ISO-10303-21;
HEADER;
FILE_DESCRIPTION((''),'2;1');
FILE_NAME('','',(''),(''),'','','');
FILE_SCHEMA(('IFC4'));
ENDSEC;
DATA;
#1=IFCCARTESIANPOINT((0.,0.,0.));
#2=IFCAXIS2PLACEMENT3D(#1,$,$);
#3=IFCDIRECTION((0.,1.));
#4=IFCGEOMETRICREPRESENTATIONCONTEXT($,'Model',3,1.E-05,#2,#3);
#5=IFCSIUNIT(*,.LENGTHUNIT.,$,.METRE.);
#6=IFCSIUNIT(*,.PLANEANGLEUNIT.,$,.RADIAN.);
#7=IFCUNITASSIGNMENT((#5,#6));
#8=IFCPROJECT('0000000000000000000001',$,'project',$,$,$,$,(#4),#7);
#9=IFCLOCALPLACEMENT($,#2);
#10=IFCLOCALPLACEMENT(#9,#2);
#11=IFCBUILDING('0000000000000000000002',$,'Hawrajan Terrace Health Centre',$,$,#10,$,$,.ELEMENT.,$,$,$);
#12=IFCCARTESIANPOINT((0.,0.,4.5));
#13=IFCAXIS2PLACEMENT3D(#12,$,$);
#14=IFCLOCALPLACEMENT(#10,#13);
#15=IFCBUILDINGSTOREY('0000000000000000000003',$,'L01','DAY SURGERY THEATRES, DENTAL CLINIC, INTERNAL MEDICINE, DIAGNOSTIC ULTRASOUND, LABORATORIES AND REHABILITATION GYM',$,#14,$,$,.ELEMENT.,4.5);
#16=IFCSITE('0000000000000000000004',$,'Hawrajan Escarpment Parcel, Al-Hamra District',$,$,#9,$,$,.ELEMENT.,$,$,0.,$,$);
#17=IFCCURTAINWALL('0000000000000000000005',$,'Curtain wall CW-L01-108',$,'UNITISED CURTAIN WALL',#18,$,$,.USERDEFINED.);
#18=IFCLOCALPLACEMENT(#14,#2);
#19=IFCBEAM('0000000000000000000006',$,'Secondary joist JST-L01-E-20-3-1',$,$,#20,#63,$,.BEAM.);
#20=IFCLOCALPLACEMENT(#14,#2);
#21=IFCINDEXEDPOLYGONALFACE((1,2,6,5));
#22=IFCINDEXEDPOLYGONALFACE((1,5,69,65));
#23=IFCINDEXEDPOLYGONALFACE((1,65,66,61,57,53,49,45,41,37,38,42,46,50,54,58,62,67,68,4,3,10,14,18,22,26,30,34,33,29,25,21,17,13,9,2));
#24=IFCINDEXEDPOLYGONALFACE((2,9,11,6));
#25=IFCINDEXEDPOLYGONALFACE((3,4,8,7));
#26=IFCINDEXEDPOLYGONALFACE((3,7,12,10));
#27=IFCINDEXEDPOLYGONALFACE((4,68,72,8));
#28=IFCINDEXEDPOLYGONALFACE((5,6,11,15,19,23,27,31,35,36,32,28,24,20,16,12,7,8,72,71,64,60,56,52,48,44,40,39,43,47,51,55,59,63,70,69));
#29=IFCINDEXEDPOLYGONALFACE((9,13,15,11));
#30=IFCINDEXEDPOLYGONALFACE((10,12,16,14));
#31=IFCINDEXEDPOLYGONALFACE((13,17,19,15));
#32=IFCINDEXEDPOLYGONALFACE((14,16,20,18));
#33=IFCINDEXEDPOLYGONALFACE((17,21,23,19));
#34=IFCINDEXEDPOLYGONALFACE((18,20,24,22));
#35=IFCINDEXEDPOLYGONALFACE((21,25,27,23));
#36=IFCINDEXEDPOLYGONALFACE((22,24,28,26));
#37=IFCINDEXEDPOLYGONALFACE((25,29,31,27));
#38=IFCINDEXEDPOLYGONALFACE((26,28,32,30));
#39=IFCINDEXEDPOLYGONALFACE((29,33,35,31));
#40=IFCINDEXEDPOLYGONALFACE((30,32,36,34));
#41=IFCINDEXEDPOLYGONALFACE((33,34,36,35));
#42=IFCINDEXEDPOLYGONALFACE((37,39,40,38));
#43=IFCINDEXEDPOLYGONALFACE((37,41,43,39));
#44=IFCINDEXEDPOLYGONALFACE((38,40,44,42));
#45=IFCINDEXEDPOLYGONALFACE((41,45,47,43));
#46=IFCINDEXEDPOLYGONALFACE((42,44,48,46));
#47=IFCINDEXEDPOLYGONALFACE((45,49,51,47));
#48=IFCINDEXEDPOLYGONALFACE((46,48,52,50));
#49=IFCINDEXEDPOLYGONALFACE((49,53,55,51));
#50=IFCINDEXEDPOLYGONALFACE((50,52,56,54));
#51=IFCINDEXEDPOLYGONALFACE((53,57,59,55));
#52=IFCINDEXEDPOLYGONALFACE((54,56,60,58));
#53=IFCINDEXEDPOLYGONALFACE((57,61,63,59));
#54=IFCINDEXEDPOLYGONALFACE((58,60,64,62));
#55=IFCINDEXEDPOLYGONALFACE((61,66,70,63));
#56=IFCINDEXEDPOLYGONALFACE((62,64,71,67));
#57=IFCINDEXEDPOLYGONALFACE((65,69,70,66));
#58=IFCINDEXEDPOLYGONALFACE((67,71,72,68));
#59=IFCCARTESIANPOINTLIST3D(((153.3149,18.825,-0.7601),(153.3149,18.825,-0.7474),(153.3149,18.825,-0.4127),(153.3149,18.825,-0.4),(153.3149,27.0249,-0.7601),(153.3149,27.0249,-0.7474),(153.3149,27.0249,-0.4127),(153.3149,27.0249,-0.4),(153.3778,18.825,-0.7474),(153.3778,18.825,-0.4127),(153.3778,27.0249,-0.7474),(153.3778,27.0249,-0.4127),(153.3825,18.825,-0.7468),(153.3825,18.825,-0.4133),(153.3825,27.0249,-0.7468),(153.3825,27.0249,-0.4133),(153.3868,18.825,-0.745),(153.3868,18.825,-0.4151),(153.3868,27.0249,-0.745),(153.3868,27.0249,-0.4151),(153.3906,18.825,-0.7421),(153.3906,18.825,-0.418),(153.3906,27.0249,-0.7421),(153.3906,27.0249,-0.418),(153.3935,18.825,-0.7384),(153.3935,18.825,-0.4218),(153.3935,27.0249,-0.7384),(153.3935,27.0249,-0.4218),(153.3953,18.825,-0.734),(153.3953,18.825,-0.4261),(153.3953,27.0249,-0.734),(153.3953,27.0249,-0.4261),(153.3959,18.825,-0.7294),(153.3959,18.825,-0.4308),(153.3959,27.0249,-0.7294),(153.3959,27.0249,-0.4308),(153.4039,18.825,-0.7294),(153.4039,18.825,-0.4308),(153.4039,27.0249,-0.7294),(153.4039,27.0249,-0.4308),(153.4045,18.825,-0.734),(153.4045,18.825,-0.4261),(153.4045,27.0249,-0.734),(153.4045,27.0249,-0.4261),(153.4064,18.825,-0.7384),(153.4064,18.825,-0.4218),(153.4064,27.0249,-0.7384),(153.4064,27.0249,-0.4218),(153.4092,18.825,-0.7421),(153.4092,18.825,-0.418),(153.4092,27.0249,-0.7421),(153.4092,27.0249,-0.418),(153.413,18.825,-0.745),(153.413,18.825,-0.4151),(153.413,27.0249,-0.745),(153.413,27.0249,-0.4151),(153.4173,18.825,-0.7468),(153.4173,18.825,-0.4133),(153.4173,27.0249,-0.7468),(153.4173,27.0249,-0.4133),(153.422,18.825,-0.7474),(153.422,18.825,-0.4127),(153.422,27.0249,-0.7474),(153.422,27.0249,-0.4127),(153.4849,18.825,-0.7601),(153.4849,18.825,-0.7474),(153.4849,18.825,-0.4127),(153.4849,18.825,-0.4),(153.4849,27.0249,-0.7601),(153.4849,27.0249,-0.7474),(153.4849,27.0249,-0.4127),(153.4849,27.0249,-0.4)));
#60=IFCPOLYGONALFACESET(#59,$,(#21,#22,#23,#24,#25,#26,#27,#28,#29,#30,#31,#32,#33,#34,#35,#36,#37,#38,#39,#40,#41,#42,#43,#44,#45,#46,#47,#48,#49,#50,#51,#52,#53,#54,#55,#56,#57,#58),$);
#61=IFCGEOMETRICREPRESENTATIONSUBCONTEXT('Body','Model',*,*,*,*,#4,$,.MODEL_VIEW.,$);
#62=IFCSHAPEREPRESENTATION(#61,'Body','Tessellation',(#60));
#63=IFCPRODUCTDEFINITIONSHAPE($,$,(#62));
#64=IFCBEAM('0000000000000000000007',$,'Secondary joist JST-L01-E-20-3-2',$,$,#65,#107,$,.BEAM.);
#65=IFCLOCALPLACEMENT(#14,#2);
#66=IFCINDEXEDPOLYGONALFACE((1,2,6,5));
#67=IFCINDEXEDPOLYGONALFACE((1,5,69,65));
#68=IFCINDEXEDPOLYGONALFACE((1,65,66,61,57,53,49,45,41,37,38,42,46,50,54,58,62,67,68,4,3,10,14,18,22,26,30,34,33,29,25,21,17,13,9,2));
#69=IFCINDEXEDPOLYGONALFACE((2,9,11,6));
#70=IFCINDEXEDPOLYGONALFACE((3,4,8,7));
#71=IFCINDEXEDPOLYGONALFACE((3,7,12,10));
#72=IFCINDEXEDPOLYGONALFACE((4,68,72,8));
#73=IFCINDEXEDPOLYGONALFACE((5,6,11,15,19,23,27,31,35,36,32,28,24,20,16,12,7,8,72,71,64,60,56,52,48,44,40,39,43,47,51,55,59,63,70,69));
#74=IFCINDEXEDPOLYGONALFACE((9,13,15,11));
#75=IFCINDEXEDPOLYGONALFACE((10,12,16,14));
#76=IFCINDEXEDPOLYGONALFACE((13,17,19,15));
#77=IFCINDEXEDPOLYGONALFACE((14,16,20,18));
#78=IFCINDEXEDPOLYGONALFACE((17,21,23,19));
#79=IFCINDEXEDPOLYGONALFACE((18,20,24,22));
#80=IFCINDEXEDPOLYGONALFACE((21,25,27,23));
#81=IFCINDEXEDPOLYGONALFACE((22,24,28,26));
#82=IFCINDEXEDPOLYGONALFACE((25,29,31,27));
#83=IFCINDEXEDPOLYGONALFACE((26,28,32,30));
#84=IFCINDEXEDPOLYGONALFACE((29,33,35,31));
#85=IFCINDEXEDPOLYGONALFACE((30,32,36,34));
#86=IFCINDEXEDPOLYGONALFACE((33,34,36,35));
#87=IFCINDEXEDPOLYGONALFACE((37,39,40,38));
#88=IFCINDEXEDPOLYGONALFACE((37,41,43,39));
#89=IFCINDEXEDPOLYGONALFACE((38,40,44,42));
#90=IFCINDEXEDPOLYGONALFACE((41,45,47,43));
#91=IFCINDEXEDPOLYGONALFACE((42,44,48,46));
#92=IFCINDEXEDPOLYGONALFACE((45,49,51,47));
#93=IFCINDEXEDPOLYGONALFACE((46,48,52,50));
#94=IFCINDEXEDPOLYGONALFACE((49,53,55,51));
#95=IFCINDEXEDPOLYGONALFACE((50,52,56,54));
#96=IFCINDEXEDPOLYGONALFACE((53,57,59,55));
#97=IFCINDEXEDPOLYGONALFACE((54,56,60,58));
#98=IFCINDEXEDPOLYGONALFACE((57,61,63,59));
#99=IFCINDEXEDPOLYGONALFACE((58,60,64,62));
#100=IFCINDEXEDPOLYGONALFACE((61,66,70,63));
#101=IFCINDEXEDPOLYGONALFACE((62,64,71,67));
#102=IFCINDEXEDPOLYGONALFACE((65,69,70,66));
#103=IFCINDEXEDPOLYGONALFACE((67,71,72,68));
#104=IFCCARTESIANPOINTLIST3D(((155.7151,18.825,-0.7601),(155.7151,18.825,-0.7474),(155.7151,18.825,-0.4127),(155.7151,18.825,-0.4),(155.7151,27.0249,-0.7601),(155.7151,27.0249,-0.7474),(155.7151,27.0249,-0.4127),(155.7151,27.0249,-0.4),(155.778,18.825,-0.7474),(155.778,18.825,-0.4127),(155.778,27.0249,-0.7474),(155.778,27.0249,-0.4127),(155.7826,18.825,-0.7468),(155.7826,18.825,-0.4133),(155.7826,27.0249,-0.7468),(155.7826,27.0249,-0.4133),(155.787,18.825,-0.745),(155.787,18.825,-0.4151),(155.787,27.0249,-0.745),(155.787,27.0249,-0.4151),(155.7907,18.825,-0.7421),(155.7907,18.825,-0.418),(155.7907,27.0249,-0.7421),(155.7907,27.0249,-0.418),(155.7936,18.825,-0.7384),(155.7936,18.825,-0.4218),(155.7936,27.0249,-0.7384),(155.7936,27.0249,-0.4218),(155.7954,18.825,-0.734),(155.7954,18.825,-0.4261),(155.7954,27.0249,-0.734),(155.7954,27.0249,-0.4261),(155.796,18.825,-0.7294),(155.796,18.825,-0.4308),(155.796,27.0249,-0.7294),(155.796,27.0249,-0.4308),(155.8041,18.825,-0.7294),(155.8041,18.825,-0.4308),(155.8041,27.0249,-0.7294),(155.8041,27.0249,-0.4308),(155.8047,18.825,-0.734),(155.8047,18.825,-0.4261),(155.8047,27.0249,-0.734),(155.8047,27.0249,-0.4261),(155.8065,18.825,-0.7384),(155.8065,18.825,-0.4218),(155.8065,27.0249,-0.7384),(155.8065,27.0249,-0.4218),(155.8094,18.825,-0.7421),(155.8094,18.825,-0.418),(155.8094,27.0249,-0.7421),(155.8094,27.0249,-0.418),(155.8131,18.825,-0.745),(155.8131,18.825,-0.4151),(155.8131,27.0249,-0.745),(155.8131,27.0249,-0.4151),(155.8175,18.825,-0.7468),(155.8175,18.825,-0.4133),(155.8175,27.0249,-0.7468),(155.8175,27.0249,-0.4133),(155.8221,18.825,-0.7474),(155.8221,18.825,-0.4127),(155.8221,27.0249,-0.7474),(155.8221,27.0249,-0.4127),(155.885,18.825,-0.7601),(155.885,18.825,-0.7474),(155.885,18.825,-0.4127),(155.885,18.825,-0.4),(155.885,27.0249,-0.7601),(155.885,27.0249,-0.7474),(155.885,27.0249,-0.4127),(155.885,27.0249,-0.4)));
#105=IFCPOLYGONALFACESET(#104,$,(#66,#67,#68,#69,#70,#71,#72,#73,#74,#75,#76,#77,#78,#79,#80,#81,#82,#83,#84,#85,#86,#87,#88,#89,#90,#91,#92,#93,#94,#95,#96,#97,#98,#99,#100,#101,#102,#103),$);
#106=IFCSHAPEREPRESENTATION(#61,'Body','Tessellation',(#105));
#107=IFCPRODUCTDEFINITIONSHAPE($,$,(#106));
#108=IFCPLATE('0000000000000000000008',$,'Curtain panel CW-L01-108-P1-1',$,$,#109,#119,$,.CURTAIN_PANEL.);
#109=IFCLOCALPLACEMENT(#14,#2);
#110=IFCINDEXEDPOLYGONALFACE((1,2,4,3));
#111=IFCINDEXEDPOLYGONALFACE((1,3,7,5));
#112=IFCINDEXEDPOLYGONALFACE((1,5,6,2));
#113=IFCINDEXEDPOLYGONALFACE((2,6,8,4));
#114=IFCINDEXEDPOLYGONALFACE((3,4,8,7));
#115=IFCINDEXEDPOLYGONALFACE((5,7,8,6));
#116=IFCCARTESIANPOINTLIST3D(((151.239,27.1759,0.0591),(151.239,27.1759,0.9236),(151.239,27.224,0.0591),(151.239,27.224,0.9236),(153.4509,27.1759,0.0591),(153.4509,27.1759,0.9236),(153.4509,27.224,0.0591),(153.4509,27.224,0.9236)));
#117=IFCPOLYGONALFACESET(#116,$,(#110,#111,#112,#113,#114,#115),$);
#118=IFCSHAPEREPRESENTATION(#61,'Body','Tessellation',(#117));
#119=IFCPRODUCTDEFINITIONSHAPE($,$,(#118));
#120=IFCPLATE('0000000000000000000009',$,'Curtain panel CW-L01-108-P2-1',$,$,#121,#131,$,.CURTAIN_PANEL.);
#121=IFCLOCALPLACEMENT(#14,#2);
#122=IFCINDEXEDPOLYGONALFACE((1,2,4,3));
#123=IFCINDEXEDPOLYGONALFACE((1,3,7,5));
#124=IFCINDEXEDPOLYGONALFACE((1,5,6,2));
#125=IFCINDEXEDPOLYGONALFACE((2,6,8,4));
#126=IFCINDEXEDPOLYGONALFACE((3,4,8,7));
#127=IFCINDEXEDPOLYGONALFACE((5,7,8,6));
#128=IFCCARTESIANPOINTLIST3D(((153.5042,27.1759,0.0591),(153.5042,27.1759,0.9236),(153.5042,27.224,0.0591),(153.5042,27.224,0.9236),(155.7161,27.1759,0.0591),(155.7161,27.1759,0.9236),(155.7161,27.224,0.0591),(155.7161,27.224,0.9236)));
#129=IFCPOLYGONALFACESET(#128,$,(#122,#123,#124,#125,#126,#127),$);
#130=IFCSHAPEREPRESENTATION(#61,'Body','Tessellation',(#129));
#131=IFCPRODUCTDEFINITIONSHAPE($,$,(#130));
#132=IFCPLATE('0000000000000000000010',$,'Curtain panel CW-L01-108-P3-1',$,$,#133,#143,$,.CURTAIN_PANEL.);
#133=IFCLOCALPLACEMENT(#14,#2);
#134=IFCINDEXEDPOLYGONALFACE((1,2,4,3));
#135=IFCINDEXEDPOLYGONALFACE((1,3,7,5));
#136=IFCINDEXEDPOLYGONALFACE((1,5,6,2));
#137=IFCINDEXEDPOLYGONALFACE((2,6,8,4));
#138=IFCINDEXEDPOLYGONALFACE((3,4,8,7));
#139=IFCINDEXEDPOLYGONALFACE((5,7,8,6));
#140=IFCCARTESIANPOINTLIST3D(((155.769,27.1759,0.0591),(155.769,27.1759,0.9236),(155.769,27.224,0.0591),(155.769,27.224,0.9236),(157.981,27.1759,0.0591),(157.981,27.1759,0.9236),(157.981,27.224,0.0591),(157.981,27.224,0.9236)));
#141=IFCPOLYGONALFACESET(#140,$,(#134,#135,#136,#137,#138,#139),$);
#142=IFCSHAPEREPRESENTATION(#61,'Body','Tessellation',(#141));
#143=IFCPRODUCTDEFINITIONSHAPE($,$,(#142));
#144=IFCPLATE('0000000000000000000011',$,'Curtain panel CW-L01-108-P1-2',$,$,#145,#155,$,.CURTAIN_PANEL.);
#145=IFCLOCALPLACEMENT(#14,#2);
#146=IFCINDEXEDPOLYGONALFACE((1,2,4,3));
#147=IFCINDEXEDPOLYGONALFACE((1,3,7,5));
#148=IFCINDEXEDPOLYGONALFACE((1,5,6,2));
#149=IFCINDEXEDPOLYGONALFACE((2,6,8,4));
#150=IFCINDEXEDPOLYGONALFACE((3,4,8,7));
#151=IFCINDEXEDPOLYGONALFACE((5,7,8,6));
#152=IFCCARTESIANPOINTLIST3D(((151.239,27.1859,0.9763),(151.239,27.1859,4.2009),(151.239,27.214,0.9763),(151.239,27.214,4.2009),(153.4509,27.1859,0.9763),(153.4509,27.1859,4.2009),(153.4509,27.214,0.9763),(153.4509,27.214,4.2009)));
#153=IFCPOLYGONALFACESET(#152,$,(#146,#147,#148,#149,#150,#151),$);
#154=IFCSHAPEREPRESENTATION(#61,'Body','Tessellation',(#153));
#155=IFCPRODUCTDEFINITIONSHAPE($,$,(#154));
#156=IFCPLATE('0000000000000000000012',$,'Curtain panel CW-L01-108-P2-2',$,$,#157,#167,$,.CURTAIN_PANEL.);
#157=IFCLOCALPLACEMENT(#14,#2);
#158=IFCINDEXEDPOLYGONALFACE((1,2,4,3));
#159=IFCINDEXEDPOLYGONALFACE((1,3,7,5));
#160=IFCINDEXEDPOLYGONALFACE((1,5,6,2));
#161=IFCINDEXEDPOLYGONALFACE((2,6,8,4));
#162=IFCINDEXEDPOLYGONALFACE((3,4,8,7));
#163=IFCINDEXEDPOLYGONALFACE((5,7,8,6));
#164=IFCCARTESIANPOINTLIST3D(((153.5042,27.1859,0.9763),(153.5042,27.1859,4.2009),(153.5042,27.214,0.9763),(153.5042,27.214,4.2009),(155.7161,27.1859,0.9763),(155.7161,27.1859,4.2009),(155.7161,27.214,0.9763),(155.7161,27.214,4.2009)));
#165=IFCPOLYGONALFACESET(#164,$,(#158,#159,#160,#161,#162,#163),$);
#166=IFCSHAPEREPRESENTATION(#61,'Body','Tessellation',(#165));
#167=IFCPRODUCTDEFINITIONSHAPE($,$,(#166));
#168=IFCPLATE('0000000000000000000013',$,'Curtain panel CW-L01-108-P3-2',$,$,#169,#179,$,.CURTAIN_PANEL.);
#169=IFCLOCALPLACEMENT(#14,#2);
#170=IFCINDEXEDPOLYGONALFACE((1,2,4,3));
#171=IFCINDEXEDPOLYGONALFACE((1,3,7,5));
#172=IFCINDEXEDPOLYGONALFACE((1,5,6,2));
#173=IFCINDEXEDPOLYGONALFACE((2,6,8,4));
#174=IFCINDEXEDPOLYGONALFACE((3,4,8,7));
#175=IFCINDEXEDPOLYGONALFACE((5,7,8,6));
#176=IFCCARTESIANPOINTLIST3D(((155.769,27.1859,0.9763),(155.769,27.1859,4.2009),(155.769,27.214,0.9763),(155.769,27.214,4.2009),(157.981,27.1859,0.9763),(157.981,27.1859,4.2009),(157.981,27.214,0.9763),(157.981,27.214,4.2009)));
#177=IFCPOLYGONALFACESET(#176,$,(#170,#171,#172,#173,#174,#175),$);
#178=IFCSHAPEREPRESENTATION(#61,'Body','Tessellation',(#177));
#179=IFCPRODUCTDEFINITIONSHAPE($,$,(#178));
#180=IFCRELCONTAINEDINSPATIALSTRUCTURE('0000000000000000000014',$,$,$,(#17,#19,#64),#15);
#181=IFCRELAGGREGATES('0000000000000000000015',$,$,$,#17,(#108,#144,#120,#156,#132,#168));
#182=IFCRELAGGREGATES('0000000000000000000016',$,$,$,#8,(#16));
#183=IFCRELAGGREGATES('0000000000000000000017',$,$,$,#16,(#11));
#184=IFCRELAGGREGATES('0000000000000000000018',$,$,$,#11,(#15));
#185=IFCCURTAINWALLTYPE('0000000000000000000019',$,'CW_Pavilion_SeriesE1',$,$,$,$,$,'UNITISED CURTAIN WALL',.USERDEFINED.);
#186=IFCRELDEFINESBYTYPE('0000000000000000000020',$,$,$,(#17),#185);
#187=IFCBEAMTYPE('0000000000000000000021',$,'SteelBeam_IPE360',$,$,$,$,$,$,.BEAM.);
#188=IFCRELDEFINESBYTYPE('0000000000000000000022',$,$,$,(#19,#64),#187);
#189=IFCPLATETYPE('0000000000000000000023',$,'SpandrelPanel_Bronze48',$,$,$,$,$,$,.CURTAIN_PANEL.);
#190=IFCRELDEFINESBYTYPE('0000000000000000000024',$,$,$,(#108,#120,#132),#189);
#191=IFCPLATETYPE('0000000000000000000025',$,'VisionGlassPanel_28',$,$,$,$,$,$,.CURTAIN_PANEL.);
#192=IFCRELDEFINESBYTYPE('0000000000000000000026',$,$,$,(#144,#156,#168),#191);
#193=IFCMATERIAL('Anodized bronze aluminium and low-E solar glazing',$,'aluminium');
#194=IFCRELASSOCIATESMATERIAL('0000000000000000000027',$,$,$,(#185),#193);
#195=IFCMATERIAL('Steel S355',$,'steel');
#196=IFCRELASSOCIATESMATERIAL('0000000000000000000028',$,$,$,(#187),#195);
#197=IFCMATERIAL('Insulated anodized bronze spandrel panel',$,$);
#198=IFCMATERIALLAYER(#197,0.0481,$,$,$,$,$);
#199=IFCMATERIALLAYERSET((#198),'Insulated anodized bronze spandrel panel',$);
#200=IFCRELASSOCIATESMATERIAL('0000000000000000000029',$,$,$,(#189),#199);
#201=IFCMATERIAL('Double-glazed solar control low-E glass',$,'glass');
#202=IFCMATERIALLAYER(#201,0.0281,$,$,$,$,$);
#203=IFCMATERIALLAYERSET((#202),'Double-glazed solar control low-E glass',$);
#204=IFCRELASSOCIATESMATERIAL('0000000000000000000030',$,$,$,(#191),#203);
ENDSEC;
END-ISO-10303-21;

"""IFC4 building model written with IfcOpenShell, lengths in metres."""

from ifc_helpers import new_model, si_unit, direction, frame, origin, origin_2d, place, context, subcontext, project, spatial, rectangle, i_section, extrude, material, layer, layer_set, material_profile, profile_set, type_object, element, aggregate, save


model = new_model("IFC4")

# Units and contexts
model_context = context("Model", 3, precision=1e-05, world=origin(), true_north=direction((0.0, 1.0)))
body_context = subcontext(model_context, "Body", "Model", "MODEL_VIEW")
ifc_project = project(units=[si_unit("LENGTHUNIT", "METRE"), si_unit("PLANEANGLEUNIT", "RADIAN")], contexts=[model_context])

# Site, building, storey
site_placement = place(None, origin())
site = spatial("IfcSite", under=ifc_project, at=site_placement, Name="Hawrajan Escarpment Parcel, Al-Hamra District", CompositionType="ELEMENT", RefElevation=0.0)
building_placement = place(site_placement, origin())
building = spatial("IfcBuilding", under=site, at=building_placement, Name="Hawrajan Terrace Health Centre", CompositionType="ELEMENT")
storey_placement = place(building_placement, frame((0.0, 0.0, 4.5)))
storey = spatial("IfcBuildingStorey", under=building, at=storey_placement, Name="L01", Description="DAY SURGERY THEATRES, DENTAL CLINIC, INTERNAL MEDICINE, DIAGNOSTIC ULTRASOUND, LABORATORIES AND REHABILITATION GYM", CompositionType="ELEMENT", Elevation=4.5)

# Curtain wall
ifc_material_1 = material(Name="Anodized bronze aluminium and low-E solar glazing", Category="aluminium")
curtain_wall_type = type_object("IfcCurtainWallType", Name="CW_Pavilion_SeriesE1", ElementType="UNITISED CURTAIN WALL", PredefinedType="USERDEFINED", material=ifc_material_1)
curtain_wall_placement = place(storey_placement, origin())
curtain_wall = element("IfcCurtainWall", 1, at=curtain_wall_placement, inside=storey, type_object=curtain_wall_type, Name="Curtain wall CW-L01-108", ObjectType="UNITISED CURTAIN WALL", PredefinedType="USERDEFINED")

# Beams
ifc_material_2 = material(Name="Steel S355", Category="steel")
ifc_material_profile_1 = material_profile(ifc_material_2, i_section(OverallWidth=0.1699, OverallDepth=0.3601, WebThickness=0.0081, FlangeThickness=0.0127, FilletRadius=0.0181, at=origin_2d()), Name="IPE 360")
ifc_profile_set_1 = profile_set([ifc_material_profile_1], Name="Steel S355")
beam_type = type_object("IfcBeamType", Name="SteelBeam_IPE360", PredefinedType="BEAM", material=ifc_profile_set_1)
for number, where, z_axis, x_axis, name in (
    (2, (153.3999, 18.825, -0.5801), (0.0, 1.0, 0.0), (-1.0, 0.0, 0.0), "Secondary joist JST-L01-E-20-3-1"),
    (3, (155.8, 18.825, -0.5801), (0.0, 1.0, 0.0), (-1.0, 0.0, 0.0), "Secondary joist JST-L01-E-20-3-2"),
):
    element("IfcBeam", number, at=place(storey_placement, frame(where, z_axis=z_axis, x_axis=x_axis)), inside=storey, type_object=beam_type, Name=name, PredefinedType="BEAM", context=body_context, shape_type="SweptSolid", body=[
        extrude(i_section(OverallWidth=0.1699, OverallDepth=0.3601, WebThickness=0.0081, FlangeThickness=0.0127, FilletRadius=0.0181, at=origin_2d()), origin(), (0.0, 0.0, 1.0), 8.2),
    ])

# Plates
ifc_material_3 = material(Name="Insulated anodized bronze spandrel panel")
ifc_layer_1 = layer(ifc_material_3, 0.0481)
ifc_layer_set_1 = layer_set([ifc_layer_1], Name="Insulated anodized bronze spandrel panel")
plate_type_1 = type_object("IfcPlateType", Name="SpandrelPanel_Bronze48", PredefinedType="CURTAIN_PANEL", material=ifc_layer_set_1)
plate_1_placement = place(storey_placement, frame((152.345, 27.2, 0.0591), z_axis=(0.0, 0.0, 1.0), x_axis=(1.0, 0.0, 0.0)))
plate_1 = element("IfcPlate", 4, at=plate_1_placement, type_object=plate_type_1, Name="Curtain panel CW-L01-108-P1-1", PredefinedType="CURTAIN_PANEL", context=body_context, shape_type="SweptSolid", body=[
    extrude(rectangle(XDim=2.2119, YDim=0.0481, at=origin_2d()), origin(), (0.0, 0.0, 1.0), 0.8645),
])
plate_2_placement = place(storey_placement, frame((154.6101, 27.2, 0.0591), z_axis=(0.0, 0.0, 1.0), x_axis=(1.0, 0.0, 0.0)))
plate_2 = element("IfcPlate", 5, at=plate_2_placement, type_object=plate_type_1, Name="Curtain panel CW-L01-108-P2-1", PredefinedType="CURTAIN_PANEL", context=body_context, shape_type="SweptSolid", body=[
    extrude(rectangle(XDim=2.2119, YDim=0.0481, at=origin_2d()), origin(), (0.0, 0.0, 1.0), 0.8645),
])
plate_3_placement = place(storey_placement, frame((156.875, 27.2, 0.0591), z_axis=(0.0, 0.0, 1.0), x_axis=(1.0, 0.0, 0.0)))
plate_3 = element("IfcPlate", 6, at=plate_3_placement, type_object=plate_type_1, Name="Curtain panel CW-L01-108-P3-1", PredefinedType="CURTAIN_PANEL", context=body_context, shape_type="SweptSolid", body=[
    extrude(rectangle(XDim=2.2119, YDim=0.0481, at=origin_2d()), origin(), (0.0, 0.0, 1.0), 0.8645),
])
ifc_material_4 = material(Name="Double-glazed solar control low-E glass", Category="glass")
ifc_layer_2 = layer(ifc_material_4, 0.0281)
ifc_layer_set_2 = layer_set([ifc_layer_2], Name="Double-glazed solar control low-E glass")
plate_type_2 = type_object("IfcPlateType", Name="VisionGlassPanel_28", PredefinedType="CURTAIN_PANEL", material=ifc_layer_set_2)
plate_4_placement = place(storey_placement, frame((152.345, 27.2, 0.9763), z_axis=(0.0, 0.0, 1.0), x_axis=(1.0, 0.0, 0.0)))
plate_4 = element("IfcPlate", 7, at=plate_4_placement, type_object=plate_type_2, Name="Curtain panel CW-L01-108-P1-2", PredefinedType="CURTAIN_PANEL", context=body_context, shape_type="SweptSolid", body=[
    extrude(rectangle(XDim=2.2119, YDim=0.0281, at=origin_2d()), origin(), (0.0, 0.0, 1.0), 3.2246),
])
plate_5_placement = place(storey_placement, frame((154.6101, 27.2, 0.9763), z_axis=(0.0, 0.0, 1.0), x_axis=(1.0, 0.0, 0.0)))
plate_5 = element("IfcPlate", 8, at=plate_5_placement, type_object=plate_type_2, Name="Curtain panel CW-L01-108-P2-2", PredefinedType="CURTAIN_PANEL", context=body_context, shape_type="SweptSolid", body=[
    extrude(rectangle(XDim=2.2119, YDim=0.0281, at=origin_2d()), origin(), (0.0, 0.0, 1.0), 3.2246),
])
plate_6_placement = place(storey_placement, frame((156.875, 27.2, 0.9763), z_axis=(0.0, 0.0, 1.0), x_axis=(1.0, 0.0, 0.0)))
plate_6 = element("IfcPlate", 9, at=plate_6_placement, type_object=plate_type_2, Name="Curtain panel CW-L01-108-P3-2", PredefinedType="CURTAIN_PANEL", context=body_context, shape_type="SweptSolid", body=[
    extrude(rectangle(XDim=2.2119, YDim=0.0281, at=origin_2d()), origin(), (0.0, 0.0, 1.0), 3.2246),
])
aggregate(curtain_wall, [plate_1, plate_4, plate_2, plate_5, plate_3, plate_6])

save(model, "model.ifc")
